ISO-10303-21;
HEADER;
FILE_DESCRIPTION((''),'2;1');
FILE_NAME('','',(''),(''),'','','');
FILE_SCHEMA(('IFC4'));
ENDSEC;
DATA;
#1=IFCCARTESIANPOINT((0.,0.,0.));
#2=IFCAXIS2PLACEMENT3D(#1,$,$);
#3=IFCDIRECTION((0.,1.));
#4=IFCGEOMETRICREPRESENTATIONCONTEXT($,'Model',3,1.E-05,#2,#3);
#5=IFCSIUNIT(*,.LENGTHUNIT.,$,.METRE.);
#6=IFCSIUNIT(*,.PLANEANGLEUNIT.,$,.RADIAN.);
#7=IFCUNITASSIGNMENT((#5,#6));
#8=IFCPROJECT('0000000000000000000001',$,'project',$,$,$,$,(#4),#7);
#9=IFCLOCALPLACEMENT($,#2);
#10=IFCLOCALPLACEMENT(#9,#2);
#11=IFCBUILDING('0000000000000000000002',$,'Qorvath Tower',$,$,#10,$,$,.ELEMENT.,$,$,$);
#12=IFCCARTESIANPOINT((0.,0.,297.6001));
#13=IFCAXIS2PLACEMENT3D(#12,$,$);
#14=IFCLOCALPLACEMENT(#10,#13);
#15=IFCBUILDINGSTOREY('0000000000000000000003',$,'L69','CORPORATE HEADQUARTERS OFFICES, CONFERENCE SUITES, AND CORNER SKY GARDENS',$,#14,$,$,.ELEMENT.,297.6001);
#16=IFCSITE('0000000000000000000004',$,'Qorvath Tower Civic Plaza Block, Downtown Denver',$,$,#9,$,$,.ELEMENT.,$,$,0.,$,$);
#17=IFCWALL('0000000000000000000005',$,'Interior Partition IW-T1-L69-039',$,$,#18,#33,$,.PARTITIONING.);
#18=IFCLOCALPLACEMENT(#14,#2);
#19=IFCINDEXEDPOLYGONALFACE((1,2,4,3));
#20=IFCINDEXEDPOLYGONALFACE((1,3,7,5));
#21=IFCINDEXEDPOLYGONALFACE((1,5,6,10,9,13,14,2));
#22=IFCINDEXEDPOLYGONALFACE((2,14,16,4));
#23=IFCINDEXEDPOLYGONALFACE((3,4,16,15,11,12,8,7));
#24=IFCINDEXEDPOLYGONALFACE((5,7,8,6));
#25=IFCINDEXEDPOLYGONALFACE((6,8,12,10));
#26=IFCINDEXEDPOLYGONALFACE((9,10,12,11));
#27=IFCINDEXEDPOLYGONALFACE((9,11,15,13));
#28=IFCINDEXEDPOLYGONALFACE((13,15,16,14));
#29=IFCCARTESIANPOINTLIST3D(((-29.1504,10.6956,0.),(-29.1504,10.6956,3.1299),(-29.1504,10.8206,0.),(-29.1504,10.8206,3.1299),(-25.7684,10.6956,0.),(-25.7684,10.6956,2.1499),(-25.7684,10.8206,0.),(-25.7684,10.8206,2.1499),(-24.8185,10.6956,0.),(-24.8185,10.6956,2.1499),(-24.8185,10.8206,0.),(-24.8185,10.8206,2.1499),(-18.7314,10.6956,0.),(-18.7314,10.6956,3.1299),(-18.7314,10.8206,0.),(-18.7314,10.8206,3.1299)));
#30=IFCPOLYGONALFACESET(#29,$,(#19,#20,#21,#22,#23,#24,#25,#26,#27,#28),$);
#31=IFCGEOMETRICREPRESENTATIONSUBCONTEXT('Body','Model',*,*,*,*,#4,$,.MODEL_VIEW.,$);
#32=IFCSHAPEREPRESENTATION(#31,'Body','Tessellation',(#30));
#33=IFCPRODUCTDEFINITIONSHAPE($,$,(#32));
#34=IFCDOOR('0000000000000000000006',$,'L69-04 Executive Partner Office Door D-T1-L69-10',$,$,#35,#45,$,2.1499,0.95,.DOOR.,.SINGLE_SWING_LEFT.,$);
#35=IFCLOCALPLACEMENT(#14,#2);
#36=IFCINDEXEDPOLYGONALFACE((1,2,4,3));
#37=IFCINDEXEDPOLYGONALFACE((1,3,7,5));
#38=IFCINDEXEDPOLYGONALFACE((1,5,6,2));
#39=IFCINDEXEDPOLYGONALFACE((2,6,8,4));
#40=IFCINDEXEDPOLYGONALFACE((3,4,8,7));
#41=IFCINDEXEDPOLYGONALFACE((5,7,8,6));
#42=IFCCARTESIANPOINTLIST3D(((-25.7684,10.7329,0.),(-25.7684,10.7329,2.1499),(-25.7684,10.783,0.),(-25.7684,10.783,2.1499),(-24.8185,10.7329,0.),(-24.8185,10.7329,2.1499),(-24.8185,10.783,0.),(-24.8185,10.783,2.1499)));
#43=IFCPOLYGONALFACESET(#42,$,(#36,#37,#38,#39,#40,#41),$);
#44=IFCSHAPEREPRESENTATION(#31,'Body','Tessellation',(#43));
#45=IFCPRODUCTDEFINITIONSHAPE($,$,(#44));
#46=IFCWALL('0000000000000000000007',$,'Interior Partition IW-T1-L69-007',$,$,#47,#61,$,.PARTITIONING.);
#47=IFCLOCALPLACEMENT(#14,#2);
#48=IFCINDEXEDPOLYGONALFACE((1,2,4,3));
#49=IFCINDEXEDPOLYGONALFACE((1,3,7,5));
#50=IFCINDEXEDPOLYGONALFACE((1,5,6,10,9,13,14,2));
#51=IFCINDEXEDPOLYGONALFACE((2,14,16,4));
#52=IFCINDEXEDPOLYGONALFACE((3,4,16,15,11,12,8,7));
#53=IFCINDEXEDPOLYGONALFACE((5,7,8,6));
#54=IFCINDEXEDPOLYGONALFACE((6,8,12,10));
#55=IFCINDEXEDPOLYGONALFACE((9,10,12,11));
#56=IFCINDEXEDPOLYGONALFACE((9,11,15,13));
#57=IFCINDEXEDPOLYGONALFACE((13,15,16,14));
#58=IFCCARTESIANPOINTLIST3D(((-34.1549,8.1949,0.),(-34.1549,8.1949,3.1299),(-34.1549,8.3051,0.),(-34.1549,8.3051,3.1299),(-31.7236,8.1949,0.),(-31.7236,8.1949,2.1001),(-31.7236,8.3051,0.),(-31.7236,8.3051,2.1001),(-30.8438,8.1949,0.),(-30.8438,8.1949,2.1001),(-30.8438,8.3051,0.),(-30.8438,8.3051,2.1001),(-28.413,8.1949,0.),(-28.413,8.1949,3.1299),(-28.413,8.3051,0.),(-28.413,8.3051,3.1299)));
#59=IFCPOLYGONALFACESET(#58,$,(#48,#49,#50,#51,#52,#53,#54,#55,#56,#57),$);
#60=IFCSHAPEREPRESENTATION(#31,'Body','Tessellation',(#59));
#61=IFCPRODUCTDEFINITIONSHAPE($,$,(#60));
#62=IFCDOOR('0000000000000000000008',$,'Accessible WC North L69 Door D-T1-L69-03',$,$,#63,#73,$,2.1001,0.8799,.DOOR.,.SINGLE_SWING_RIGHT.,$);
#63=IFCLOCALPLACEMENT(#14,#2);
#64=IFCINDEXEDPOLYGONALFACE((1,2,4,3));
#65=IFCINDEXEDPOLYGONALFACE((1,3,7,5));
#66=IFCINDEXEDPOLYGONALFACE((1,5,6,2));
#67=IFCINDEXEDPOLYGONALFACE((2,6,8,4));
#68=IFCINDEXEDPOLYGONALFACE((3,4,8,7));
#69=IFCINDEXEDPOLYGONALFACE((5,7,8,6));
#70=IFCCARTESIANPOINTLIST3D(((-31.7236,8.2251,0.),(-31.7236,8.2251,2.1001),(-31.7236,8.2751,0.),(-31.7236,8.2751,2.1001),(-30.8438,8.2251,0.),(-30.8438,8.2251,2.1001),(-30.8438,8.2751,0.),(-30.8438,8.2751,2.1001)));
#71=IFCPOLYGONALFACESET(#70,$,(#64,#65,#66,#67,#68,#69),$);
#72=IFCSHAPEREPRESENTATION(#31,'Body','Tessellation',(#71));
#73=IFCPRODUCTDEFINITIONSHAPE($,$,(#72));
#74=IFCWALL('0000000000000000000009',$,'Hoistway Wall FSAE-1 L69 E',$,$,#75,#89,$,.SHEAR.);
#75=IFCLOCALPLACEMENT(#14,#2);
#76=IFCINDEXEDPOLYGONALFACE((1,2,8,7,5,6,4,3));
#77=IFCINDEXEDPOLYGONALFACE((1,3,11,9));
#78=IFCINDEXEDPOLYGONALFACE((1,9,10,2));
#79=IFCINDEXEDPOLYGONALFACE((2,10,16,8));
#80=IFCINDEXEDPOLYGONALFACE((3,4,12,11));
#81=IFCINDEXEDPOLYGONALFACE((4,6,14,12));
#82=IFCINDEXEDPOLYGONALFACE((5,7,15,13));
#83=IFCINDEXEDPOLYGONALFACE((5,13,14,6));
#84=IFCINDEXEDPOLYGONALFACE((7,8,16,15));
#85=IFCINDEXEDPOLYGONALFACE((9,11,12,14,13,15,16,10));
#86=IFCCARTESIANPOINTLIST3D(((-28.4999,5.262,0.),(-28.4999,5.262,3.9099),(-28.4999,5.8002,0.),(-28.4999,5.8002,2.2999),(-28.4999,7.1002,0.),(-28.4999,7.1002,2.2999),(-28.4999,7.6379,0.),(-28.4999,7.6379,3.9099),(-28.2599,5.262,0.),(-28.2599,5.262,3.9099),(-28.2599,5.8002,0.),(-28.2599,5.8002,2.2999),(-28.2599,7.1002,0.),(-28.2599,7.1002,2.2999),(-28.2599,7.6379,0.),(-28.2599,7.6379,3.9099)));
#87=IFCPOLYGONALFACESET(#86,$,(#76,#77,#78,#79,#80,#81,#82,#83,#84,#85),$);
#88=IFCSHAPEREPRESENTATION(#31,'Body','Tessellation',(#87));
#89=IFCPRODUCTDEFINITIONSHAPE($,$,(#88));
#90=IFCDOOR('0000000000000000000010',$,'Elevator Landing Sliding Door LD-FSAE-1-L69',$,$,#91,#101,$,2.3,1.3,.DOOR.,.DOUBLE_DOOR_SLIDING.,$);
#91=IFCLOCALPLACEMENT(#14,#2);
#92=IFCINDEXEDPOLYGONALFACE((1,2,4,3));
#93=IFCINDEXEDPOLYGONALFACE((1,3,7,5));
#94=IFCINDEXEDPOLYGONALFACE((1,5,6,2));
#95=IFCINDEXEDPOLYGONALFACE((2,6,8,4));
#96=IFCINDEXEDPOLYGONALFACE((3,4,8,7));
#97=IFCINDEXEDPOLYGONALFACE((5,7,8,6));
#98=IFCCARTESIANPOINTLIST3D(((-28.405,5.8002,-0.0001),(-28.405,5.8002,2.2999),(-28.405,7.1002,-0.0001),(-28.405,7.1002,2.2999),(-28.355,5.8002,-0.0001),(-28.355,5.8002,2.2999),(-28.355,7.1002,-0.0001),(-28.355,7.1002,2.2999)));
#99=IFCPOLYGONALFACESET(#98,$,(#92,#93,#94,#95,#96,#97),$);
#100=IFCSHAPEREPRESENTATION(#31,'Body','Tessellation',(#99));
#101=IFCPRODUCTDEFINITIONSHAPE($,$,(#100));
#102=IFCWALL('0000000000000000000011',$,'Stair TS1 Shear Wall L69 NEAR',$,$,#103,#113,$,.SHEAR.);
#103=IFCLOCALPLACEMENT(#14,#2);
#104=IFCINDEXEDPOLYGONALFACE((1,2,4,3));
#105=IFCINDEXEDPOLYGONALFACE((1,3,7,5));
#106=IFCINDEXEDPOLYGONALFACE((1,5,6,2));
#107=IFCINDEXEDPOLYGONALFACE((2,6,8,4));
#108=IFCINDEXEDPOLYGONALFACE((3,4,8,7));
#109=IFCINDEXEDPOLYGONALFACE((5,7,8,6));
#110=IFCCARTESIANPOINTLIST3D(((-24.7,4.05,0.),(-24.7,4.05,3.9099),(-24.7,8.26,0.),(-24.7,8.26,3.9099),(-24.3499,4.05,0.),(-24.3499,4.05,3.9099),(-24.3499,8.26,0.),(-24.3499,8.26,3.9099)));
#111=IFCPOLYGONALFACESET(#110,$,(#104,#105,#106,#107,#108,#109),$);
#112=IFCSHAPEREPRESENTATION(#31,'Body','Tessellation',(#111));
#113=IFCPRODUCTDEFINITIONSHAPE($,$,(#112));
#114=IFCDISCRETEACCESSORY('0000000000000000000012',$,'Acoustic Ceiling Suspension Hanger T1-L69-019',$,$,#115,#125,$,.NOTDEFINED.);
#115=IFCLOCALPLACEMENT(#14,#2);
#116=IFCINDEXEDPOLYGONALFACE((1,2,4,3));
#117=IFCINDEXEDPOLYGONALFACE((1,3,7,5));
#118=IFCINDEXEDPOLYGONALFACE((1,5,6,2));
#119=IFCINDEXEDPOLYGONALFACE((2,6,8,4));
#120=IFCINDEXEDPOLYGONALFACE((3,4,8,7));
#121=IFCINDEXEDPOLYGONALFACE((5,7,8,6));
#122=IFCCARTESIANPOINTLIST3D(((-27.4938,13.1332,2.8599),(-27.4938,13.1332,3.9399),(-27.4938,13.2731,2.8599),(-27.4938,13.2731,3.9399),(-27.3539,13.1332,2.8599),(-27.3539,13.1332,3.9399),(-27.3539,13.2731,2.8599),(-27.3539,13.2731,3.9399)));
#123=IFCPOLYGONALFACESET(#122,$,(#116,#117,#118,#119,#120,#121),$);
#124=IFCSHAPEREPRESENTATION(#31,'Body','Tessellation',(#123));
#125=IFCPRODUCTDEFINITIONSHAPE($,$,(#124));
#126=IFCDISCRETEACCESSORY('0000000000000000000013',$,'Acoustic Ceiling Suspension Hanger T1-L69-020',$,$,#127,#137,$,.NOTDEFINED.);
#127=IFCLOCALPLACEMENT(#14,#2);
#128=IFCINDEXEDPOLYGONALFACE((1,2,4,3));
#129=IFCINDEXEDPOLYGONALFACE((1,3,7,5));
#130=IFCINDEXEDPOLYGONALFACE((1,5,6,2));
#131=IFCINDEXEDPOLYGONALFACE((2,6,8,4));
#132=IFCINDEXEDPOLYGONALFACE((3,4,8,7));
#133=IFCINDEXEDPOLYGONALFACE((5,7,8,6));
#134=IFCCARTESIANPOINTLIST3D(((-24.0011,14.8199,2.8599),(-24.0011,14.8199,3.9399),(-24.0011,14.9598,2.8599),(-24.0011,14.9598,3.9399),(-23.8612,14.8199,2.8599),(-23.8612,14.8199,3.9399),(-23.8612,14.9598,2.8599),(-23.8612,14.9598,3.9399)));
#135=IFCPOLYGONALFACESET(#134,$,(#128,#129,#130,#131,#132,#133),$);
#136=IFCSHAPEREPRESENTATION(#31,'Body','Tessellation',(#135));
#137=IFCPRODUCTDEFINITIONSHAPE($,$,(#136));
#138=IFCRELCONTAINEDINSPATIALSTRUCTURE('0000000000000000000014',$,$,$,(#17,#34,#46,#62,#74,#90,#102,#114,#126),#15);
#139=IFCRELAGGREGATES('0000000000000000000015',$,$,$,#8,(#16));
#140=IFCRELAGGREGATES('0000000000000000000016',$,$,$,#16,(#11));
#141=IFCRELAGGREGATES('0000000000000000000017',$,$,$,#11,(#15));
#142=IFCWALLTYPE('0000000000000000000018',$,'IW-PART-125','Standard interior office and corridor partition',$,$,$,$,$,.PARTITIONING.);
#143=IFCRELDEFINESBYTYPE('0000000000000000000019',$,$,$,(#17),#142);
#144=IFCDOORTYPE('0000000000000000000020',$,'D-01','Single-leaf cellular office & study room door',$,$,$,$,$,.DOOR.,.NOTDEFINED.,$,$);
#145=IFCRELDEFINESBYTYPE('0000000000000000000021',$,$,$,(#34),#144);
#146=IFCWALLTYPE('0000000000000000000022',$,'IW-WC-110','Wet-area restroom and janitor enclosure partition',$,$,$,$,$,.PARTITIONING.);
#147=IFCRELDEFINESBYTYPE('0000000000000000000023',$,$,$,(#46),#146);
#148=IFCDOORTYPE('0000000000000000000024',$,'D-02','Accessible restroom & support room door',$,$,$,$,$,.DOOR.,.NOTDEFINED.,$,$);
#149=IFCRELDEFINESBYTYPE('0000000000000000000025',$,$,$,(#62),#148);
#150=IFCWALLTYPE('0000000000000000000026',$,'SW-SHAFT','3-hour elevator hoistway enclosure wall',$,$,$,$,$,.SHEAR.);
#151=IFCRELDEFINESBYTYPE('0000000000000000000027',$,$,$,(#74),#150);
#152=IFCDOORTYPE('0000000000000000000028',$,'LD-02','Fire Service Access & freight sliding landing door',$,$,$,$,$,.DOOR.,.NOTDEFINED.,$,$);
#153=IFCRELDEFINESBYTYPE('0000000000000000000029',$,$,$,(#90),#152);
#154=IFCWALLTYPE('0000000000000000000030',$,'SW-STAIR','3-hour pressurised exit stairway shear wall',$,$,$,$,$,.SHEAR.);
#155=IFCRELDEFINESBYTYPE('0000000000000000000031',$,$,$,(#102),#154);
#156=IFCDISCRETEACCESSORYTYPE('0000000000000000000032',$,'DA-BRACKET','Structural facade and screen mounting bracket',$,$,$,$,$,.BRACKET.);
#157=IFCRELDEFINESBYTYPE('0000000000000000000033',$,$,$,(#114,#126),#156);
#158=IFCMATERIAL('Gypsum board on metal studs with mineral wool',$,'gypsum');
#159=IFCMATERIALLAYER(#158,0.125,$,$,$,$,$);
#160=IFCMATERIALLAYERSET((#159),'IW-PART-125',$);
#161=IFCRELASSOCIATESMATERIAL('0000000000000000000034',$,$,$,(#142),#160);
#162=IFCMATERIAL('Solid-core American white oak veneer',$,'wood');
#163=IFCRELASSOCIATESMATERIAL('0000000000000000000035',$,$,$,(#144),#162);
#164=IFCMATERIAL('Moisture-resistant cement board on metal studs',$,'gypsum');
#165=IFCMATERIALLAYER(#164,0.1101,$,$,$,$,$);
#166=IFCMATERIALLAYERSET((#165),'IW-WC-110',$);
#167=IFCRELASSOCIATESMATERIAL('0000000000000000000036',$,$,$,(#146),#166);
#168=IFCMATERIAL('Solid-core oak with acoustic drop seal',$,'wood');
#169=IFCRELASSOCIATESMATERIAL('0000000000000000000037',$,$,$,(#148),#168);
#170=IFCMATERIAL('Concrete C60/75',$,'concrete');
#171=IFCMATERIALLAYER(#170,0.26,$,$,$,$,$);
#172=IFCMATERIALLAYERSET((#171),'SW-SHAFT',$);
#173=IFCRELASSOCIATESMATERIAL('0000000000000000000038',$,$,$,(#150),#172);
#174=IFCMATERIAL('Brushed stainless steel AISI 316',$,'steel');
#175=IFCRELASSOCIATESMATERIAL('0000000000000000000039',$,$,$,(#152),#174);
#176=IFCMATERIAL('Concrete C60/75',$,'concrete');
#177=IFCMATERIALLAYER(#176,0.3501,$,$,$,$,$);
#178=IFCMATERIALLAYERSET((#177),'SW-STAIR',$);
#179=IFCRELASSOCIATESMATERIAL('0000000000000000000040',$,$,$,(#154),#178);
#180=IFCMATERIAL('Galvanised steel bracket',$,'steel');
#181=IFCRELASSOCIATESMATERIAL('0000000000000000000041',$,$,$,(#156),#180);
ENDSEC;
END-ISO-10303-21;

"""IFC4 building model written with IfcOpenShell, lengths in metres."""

from ifc_helpers import new_model, si_unit, direction, frame, frame_2d, origin, origin_2d, place, context, subcontext, project, spatial, rectangle, extrude, material, layer, layer_set, type_object, element, fill, save


model = new_model("IFC4")

# Units and contexts
model_context = context("Model", 3, precision=1e-05, world=origin(), true_north=direction((0.0, 1.0)))
body_context = subcontext(model_context, "Body", "Model", "MODEL_VIEW")
ifc_project = project(units=[si_unit("LENGTHUNIT", "METRE"), si_unit("PLANEANGLEUNIT", "RADIAN")], contexts=[model_context])

# Site, building, storey
site_placement = place(None, origin())
site = spatial("IfcSite", under=ifc_project, at=site_placement, Name="Qorvath Tower Civic Plaza Block, Downtown Denver", CompositionType="ELEMENT", RefElevation=0.0)
building_placement = place(site_placement, origin())
building = spatial("IfcBuilding", under=site, at=building_placement, Name="Qorvath Tower", CompositionType="ELEMENT")
storey_placement = place(building_placement, frame((0.0, 0.0, 297.6001)))
storey = spatial("IfcBuildingStorey", under=building, at=storey_placement, Name="L69", Description="CORPORATE HEADQUARTERS OFFICES, CONFERENCE SUITES, AND CORNER SKY GARDENS", CompositionType="ELEMENT", Elevation=297.6001)

# Shared definitions
ifc_material_1 = material(Name="Gypsum board on metal studs with mineral wool", Category="gypsum")
ifc_layer_1 = layer(ifc_material_1, 0.125)
ifc_layer_set_1 = layer_set([ifc_layer_1], Name="IW-PART-125")
wall_type_1 = type_object("IfcWallType", Name="IW-PART-125", Description="Standard interior office and corridor partition", PredefinedType="PARTITIONING", material=ifc_layer_set_1)

# Walls, openings, doors
wall_1_placement = place(storey_placement, frame((-29.1504, 10.7581, 0.0), z_axis=(0.0, 0.0, 1.0), x_axis=(1.0, 0.0, 0.0)))
wall_1 = element("IfcWall", 1, at=wall_1_placement, inside=storey, type_object=wall_type_1, Name="Interior Partition IW-T1-L69-039", PredefinedType="PARTITIONING", context=body_context, shape_type="SweptSolid", body=[
    extrude(rectangle(XDim=10.4189, YDim=0.125, at=frame_2d((5.2095, 0.0))), origin(), (0.0, 0.0, 1.0), 3.1299),
])
opening_1_placement = place(wall_1_placement, frame((3.3818, 0.0, 0.0)))
opening_1 = element("IfcOpeningElement", 2, at=opening_1_placement, cuts=wall_1, PredefinedType="OPENING", context=body_context, shape_type="SweptSolid", body=[
    extrude(rectangle(XDim=0.95, YDim=2.1499, at=frame_2d((0.4751, 1.075))), frame((0.0, 0.0725, 0.0), z_axis=(0.0, -1.0, 0.0), x_axis=(1.0, 0.0, 0.0)), (0.0, 0.0, 1.0), 0.145),
])
ifc_material_2 = material(Name="Solid-core American white oak veneer", Category="wood")
door_type_1 = type_object("IfcDoorType", Name="D-01", Description="Single-leaf cellular office & study room door", OperationType="NOTDEFINED", PredefinedType="DOOR", material=ifc_material_2)
door_1_placement = place(opening_1_placement, origin())
door_1 = element("IfcDoor", 3, at=door_1_placement, inside=storey, type_object=door_type_1, Name="L69-04 Executive Partner Office Door D-T1-L69-10", OperationType="SINGLE_SWING_LEFT", OverallHeight=2.1499, OverallWidth=0.95, PredefinedType="DOOR", context=body_context, shape_type="SweptSolid", body=[
    extrude(rectangle(XDim=0.95, YDim=2.1499, at=frame_2d((0.4751, 1.075))), frame((0.0, 0.0249, 0.0), z_axis=(0.0, -1.0, 0.0), x_axis=(1.0, 0.0, 0.0)), (0.0, 0.0, 1.0), 0.05),
])
fill(opening_1, door_1)
ifc_material_3 = material(Name="Moisture-resistant cement board on metal studs", Category="gypsum")
ifc_layer_2 = layer(ifc_material_3, 0.1101)
ifc_layer_set_2 = layer_set([ifc_layer_2], Name="IW-WC-110")
wall_type_2 = type_object("IfcWallType", Name="IW-WC-110", Description="Wet-area restroom and janitor enclosure partition", PredefinedType="PARTITIONING", material=ifc_layer_set_2)
wall_2_placement = place(storey_placement, frame((-28.4128, 8.25, 0.0), z_axis=(0.0, 0.0, 1.0), x_axis=(-1.0, 0.0, 0.0)))
wall_2 = element("IfcWall", 4, at=wall_2_placement, inside=storey, type_object=wall_type_2, Name="Interior Partition IW-T1-L69-007", PredefinedType="PARTITIONING", context=body_context, shape_type="SweptSolid", body=[
    extrude(rectangle(XDim=5.7419, YDim=0.1101, at=frame_2d((2.8711, 0.0))), origin(), (0.0, 0.0, 1.0), 3.1299),
])
opening_2_placement = place(wall_2_placement, frame((2.4309, 0.0, 0.0)))
opening_2 = element("IfcOpeningElement", 5, at=opening_2_placement, cuts=wall_2, PredefinedType="OPENING", context=body_context, shape_type="SweptSolid", body=[
    extrude(rectangle(XDim=0.8799, YDim=2.1001, at=frame_2d((0.4399, 1.05))), frame((0.0, 0.0649, 0.0), z_axis=(0.0, -1.0, 0.0), x_axis=(1.0, 0.0, 0.0)), (0.0, 0.0, 1.0), 0.1301),
])
ifc_material_4 = material(Name="Solid-core oak with acoustic drop seal", Category="wood")
door_type_2 = type_object("IfcDoorType", Name="D-02", Description="Accessible restroom & support room door", OperationType="NOTDEFINED", PredefinedType="DOOR", material=ifc_material_4)
door_2_placement = place(opening_2_placement, origin())
door_2 = element("IfcDoor", 6, at=door_2_placement, inside=storey, type_object=door_type_2, Name="Accessible WC North L69 Door D-T1-L69-03", OperationType="SINGLE_SWING_RIGHT", OverallHeight=2.1001, OverallWidth=0.8799, PredefinedType="DOOR", context=body_context, shape_type="SweptSolid", body=[
    extrude(rectangle(XDim=0.8799, YDim=2.1001, at=frame_2d((0.4399, 1.05))), frame((0.0, 0.0249, 0.0), z_axis=(0.0, -1.0, 0.0), x_axis=(1.0, 0.0, 0.0)), (0.0, 0.0, 1.0), 0.05),
])
fill(opening_2, door_2)
ifc_material_5 = material(Name="Concrete C60/75", Category="concrete")
ifc_layer_3 = layer(ifc_material_5, 0.26)
ifc_layer_set_3 = layer_set([ifc_layer_3], Name="SW-SHAFT")
wall_type_3 = type_object("IfcWallType", Name="SW-SHAFT", Description="3-hour elevator hoistway enclosure wall", PredefinedType="SHEAR", material=ifc_layer_set_3)
wall_3_placement = place(storey_placement, frame((-28.3799, 7.6379, 0.0), z_axis=(0.0, 0.0, 1.0), x_axis=(0.0, -1.0, 0.0)))
wall_3 = element("IfcWall", 7, at=wall_3_placement, inside=storey, type_object=wall_type_3, Name="Hoistway Wall FSAE-1 L69 E", PredefinedType="SHEAR", context=body_context, shape_type="SweptSolid", body=[
    extrude(rectangle(XDim=2.376, YDim=0.24, at=frame_2d((1.188, 0.0))), origin(), (0.0, 0.0, 1.0), 3.9099),
])
opening_3_placement = place(wall_3_placement, frame((0.5378, 0.0, 0.0)))
opening_3 = element("IfcOpeningElement", 8, at=opening_3_placement, cuts=wall_3, PredefinedType="OPENING", context=body_context, shape_type="SweptSolid", body=[
    extrude(rectangle(XDim=1.3, YDim=2.3, at=frame_2d((0.6499, 1.1499))), frame((0.0, 0.1299, 0.0), z_axis=(0.0, -1.0, 0.0), x_axis=(1.0, 0.0, 0.0)), (0.0, 0.0, 1.0), 0.26),
])
ifc_material_6 = material(Name="Brushed stainless steel AISI 316", Category="steel")
door_type_3 = type_object("IfcDoorType", Name="LD-02", Description="Fire Service Access & freight sliding landing door", OperationType="NOTDEFINED", PredefinedType="DOOR", material=ifc_material_6)
door_3_placement = place(opening_3_placement, origin())
door_3 = element("IfcDoor", 9, at=door_3_placement, inside=storey, type_object=door_type_3, Name="Elevator Landing Sliding Door LD-FSAE-1-L69", OperationType="DOUBLE_DOOR_SLIDING", OverallHeight=2.3, OverallWidth=1.3, PredefinedType="DOOR", context=body_context, shape_type="SweptSolid", body=[
    extrude(rectangle(XDim=1.3, YDim=2.3, at=frame_2d((0.6499, 1.1499))), frame((0.0, 0.0249, 0.0), z_axis=(0.0, -1.0, 0.0), x_axis=(1.0, 0.0, 0.0)), (0.0, 0.0, 1.0), 0.05),
])
fill(opening_3, door_3)

# Wall
ifc_material_7 = material(Name="Concrete C60/75", Category="concrete")
ifc_layer_4 = layer(ifc_material_7, 0.3501)
ifc_layer_set_4 = layer_set([ifc_layer_4], Name="SW-STAIR")
wall_type_4 = type_object("IfcWallType", Name="SW-STAIR", Description="3-hour pressurised exit stairway shear wall", PredefinedType="SHEAR", material=ifc_layer_set_4)
wall_4_placement = place(storey_placement, frame((-24.5249, 8.26, 0.0), z_axis=(0.0, 0.0, 1.0), x_axis=(0.0, -1.0, 0.0)))
element("IfcWall", 10, at=wall_4_placement, inside=storey, type_object=wall_type_4, Name="Stair TS1 Shear Wall L69 NEAR", PredefinedType="SHEAR", context=body_context, shape_type="SweptSolid", body=[
    extrude(rectangle(XDim=4.21, YDim=0.3501, at=frame_2d((2.105, 0.0))), origin(), (0.0, 0.0, 1.0), 3.9099),
])

# Discrete accessories
ifc_material_8 = material(Name="Galvanised steel bracket", Category="steel")
discrete_accessory_type = type_object("IfcDiscreteAccessoryType", Name="DA-BRACKET", Description="Structural facade and screen mounting bracket", PredefinedType="BRACKET", material=ifc_material_8)
for number, where, z_axis, x_axis, name in (
    (11, (-27.4238, 13.2031, 2.8599), (0.0, 0.0, 1.0), (1.0, 0.0, 0.0), "Acoustic Ceiling Suspension Hanger T1-L69-019"),
    (12, (-23.9312, 14.8899, 2.8599), (0.0, 0.0, 1.0), (1.0, 0.0, 0.0), "Acoustic Ceiling Suspension Hanger T1-L69-020"),
):
    element("IfcDiscreteAccessory", number, at=place(storey_placement, frame(where, z_axis=z_axis, x_axis=x_axis)), inside=storey, type_object=discrete_accessory_type, Name=name, PredefinedType="NOTDEFINED", context=body_context, shape_type="SweptSolid", body=[
        extrude(rectangle(XDim=0.1399, YDim=0.1399, at=origin_2d()), origin(), (0.0, 0.0, 1.0), 1.0801),
    ])

save(model, "model.ifc")
